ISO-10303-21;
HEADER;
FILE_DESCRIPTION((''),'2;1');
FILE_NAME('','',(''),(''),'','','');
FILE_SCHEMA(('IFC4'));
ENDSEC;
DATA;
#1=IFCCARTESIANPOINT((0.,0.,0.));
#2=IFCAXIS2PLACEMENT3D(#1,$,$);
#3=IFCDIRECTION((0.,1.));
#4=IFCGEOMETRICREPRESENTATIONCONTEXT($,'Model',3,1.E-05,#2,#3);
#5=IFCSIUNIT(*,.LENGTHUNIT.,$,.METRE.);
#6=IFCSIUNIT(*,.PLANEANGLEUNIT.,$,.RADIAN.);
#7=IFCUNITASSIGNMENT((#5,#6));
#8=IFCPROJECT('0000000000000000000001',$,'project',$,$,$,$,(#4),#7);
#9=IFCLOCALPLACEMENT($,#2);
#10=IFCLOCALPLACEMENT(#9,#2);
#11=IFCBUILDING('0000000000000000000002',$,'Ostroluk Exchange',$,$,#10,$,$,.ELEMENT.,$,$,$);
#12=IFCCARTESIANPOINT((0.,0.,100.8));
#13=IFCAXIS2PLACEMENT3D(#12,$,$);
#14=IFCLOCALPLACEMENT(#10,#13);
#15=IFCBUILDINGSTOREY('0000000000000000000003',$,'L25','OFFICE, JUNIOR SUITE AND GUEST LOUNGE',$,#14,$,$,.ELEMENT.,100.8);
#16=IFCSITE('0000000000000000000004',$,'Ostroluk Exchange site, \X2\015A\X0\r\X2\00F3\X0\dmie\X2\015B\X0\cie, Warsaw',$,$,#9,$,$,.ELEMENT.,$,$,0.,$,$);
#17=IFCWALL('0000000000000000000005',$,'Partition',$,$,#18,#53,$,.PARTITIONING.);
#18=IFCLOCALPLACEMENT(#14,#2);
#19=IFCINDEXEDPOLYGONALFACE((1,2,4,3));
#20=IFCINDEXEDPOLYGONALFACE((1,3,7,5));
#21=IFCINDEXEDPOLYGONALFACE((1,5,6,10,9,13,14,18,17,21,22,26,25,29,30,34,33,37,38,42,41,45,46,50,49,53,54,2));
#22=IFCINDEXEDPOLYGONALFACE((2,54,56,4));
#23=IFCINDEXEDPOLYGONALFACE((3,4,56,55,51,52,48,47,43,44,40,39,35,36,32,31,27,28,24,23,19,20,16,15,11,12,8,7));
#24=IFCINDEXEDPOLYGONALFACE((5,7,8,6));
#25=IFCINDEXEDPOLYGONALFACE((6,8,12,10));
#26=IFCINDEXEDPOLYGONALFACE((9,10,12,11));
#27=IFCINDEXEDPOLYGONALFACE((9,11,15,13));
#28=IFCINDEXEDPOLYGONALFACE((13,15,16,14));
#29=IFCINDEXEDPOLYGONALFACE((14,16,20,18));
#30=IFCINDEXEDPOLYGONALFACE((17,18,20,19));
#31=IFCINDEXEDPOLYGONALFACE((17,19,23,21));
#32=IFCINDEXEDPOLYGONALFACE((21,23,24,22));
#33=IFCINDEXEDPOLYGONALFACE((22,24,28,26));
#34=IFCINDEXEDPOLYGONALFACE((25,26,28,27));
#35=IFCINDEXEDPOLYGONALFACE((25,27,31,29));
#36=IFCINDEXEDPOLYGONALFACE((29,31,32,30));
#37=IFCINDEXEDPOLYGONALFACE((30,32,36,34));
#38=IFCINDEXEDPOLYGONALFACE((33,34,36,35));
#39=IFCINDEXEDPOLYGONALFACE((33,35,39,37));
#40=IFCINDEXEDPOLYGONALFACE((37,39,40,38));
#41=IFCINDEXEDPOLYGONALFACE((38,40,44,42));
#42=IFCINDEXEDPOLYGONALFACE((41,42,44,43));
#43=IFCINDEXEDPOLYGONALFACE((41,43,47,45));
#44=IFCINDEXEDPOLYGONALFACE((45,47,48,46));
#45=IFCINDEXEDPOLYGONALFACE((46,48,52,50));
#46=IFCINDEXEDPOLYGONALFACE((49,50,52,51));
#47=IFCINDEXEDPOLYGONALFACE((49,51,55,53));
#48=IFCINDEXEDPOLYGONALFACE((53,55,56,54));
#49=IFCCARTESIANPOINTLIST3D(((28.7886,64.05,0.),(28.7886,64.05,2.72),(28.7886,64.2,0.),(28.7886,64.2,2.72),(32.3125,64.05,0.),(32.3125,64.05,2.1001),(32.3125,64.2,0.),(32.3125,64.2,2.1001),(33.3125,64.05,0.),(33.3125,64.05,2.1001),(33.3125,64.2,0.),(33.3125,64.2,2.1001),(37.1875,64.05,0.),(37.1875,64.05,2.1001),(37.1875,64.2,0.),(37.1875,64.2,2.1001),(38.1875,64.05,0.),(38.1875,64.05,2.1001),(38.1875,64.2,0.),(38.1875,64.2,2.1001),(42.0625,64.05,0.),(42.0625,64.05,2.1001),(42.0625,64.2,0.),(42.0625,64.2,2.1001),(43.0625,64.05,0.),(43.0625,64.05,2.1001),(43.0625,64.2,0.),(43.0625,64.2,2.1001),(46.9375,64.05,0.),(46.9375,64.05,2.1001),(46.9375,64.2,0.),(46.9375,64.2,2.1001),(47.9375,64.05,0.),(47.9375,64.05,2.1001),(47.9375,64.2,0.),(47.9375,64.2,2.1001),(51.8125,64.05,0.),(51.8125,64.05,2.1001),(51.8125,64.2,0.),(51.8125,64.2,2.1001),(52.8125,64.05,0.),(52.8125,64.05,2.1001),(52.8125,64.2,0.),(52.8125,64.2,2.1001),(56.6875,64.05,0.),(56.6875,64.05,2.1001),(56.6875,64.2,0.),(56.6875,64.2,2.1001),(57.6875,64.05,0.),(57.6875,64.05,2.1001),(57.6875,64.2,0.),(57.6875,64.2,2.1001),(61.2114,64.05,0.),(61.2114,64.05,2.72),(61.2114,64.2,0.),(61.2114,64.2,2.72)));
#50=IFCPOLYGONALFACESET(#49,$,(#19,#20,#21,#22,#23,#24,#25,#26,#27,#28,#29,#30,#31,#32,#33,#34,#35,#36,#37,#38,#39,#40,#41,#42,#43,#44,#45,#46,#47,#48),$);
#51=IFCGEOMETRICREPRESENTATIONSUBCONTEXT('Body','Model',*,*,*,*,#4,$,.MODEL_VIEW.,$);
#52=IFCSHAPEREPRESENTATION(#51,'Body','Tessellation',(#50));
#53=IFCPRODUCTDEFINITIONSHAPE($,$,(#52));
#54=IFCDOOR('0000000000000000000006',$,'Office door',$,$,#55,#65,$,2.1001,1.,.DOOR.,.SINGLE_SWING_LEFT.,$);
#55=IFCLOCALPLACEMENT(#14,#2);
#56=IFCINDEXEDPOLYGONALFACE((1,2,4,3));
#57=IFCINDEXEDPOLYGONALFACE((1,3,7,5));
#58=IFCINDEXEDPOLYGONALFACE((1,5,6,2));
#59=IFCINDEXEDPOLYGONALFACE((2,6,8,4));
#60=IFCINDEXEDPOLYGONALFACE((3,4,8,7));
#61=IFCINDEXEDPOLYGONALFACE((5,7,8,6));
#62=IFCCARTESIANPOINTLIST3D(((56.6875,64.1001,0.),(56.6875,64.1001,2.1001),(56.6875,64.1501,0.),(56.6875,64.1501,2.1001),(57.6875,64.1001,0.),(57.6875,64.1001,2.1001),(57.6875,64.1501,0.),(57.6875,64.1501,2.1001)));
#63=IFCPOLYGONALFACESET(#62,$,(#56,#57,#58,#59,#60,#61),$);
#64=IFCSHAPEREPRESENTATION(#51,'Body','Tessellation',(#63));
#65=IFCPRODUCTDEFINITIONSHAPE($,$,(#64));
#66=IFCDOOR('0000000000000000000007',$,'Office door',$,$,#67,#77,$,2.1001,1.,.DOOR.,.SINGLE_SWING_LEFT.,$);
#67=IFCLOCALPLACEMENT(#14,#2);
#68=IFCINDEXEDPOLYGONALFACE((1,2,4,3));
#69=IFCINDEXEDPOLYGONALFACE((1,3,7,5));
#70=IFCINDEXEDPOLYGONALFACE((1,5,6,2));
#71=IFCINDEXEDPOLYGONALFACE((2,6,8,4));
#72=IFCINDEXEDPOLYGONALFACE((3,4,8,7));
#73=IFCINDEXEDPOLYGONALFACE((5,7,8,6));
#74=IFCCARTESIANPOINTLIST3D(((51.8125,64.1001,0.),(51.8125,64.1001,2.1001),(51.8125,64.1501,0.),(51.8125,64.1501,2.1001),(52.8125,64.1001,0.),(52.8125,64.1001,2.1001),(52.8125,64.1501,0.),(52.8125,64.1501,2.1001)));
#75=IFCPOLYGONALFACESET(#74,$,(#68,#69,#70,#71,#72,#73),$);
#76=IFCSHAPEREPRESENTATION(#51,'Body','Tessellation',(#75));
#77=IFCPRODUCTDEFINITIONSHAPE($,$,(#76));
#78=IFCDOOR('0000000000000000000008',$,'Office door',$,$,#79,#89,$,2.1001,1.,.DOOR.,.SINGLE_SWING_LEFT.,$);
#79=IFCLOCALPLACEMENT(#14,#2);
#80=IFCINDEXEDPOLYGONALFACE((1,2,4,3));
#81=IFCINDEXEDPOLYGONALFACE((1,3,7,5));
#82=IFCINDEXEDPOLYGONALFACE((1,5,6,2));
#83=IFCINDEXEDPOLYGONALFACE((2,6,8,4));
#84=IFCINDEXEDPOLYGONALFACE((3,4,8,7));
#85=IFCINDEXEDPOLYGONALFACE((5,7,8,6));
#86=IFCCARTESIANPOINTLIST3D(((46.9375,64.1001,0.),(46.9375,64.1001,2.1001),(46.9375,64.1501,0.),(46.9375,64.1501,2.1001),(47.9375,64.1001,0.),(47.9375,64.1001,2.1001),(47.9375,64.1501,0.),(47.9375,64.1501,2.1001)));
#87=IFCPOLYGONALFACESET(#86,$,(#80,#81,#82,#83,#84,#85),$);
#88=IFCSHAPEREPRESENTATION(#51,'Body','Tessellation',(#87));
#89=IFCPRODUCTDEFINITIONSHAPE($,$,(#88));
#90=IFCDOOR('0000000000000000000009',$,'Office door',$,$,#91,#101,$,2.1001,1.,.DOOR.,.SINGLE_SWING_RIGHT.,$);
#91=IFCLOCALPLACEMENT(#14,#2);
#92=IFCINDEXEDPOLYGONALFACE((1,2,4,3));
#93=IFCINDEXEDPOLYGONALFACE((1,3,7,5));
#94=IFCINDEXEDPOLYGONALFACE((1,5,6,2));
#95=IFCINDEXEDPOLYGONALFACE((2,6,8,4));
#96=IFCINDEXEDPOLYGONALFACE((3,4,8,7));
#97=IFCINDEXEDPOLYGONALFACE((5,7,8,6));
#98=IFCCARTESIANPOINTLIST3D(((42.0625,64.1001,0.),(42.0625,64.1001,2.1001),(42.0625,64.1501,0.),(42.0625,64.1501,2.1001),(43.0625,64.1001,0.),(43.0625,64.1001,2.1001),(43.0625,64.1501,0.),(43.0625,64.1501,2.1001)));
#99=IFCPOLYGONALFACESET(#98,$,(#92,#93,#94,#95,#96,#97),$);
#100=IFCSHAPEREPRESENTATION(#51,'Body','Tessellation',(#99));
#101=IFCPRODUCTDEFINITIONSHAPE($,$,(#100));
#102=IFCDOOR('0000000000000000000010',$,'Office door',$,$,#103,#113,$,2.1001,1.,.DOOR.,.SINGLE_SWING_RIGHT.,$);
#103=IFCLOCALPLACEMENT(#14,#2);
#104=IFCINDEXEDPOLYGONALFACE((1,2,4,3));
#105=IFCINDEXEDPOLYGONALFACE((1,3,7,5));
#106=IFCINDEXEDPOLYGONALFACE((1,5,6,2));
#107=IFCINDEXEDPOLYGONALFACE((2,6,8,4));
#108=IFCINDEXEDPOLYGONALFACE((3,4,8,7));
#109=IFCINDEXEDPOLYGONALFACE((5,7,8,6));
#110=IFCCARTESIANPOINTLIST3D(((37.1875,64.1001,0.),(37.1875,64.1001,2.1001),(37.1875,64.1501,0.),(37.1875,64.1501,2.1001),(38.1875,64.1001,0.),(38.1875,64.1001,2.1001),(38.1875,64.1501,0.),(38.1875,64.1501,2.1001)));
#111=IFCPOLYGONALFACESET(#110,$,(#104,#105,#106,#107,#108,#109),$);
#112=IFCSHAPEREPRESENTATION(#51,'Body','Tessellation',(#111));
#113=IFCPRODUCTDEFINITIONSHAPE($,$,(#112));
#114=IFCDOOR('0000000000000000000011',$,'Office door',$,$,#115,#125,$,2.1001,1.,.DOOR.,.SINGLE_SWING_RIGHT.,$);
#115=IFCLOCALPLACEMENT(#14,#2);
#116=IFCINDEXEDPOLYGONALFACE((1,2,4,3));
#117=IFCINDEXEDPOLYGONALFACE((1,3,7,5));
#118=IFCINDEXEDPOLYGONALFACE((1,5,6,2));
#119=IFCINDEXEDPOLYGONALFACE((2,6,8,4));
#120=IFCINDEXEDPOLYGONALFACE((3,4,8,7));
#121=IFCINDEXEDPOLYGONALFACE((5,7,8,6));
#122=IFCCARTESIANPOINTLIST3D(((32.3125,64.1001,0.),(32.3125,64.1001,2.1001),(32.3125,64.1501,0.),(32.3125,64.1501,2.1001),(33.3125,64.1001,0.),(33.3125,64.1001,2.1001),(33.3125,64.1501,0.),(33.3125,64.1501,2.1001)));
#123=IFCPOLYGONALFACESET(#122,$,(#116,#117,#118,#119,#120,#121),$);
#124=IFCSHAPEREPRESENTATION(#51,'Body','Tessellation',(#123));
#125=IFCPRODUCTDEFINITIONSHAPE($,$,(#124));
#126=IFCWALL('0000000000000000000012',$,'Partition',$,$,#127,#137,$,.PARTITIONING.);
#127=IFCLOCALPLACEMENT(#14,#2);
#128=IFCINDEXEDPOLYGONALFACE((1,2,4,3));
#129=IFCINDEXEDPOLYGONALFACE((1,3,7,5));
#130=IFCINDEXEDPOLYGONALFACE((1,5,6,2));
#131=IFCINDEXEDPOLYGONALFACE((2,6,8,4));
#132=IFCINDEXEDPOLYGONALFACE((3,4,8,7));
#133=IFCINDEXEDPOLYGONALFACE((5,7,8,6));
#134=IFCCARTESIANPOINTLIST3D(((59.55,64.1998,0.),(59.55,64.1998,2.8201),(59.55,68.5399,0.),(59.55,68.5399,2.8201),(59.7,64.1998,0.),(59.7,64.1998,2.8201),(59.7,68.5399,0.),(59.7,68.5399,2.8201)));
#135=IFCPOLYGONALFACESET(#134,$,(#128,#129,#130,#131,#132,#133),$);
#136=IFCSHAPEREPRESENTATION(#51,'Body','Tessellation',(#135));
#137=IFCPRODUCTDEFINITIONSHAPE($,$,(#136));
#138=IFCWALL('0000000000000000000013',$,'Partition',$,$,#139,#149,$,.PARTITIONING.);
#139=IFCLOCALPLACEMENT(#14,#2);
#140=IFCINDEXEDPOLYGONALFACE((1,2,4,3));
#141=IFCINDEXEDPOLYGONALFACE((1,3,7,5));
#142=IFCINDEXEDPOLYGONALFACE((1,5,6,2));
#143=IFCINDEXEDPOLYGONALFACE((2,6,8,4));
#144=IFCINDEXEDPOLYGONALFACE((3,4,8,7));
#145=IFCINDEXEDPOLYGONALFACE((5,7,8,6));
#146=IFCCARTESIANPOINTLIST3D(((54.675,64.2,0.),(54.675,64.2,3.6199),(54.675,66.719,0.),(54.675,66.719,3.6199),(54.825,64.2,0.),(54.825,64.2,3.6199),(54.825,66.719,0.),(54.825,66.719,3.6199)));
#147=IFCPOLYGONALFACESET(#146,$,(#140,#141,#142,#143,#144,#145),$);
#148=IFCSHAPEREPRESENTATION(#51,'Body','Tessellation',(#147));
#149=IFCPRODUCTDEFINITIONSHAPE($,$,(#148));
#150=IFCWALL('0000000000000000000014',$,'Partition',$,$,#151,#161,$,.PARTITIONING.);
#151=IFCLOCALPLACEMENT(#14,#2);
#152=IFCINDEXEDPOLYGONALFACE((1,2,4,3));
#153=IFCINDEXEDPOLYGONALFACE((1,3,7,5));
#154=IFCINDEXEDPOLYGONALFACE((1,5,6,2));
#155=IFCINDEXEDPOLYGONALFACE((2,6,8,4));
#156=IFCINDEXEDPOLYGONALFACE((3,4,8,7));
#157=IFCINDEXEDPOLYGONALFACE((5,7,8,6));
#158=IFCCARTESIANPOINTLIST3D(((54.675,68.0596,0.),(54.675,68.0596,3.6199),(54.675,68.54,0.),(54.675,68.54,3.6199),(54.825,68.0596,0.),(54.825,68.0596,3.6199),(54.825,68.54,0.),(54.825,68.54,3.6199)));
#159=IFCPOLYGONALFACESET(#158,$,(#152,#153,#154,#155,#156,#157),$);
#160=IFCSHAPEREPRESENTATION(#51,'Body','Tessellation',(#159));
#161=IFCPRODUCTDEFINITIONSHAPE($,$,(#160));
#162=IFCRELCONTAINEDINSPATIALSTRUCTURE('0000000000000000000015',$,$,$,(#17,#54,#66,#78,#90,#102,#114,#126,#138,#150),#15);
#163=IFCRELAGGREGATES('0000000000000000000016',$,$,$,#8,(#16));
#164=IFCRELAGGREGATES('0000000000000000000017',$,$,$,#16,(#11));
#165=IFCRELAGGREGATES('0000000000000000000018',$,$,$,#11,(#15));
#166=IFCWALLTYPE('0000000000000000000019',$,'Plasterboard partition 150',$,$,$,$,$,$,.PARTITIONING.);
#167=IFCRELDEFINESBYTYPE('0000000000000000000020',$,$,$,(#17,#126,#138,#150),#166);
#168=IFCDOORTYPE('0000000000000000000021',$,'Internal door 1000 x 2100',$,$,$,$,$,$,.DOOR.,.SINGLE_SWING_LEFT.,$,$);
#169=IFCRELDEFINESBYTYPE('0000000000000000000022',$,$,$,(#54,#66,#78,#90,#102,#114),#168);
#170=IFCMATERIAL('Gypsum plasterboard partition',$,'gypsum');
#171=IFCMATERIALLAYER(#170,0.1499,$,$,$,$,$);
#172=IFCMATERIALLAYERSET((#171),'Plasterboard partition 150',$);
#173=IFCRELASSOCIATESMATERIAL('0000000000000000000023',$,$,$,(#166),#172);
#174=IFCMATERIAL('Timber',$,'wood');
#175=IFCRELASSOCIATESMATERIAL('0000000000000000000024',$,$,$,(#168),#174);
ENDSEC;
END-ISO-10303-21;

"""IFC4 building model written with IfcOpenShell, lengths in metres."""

from ifc_helpers import new_model, si_unit, direction, frame, frame_2d, origin, place, context, subcontext, project, spatial, rectangle, extrude, material, layer, layer_set, type_object, element, fill, save


model = new_model("IFC4")

# Units and contexts
model_context = context("Model", 3, precision=1e-05, world=origin(), true_north=direction((0.0, 1.0)))
body_context = subcontext(model_context, "Body", "Model", "MODEL_VIEW")
ifc_project = project(units=[si_unit("LENGTHUNIT", "METRE"), si_unit("PLANEANGLEUNIT", "RADIAN")], contexts=[model_context])

# Site, building, storey
site_placement = place(None, origin())
site = spatial("IfcSite", under=ifc_project, at=site_placement, Name="Ostroluk Exchange site, Śródmieście, Warsaw", CompositionType="ELEMENT", RefElevation=0.0)
building_placement = place(site_placement, origin())
building = spatial("IfcBuilding", under=site, at=building_placement, Name="Ostroluk Exchange", CompositionType="ELEMENT")
storey_placement = place(building_placement, frame((0.0, 0.0, 100.8)))
storey = spatial("IfcBuildingStorey", under=building, at=storey_placement, Name="L25", Description="OFFICE, JUNIOR SUITE AND GUEST LOUNGE", CompositionType="ELEMENT", Elevation=100.8)

# Wall, openings, doors
ifc_material_1 = material(Name="Gypsum plasterboard partition", Category="gypsum")
ifc_layer_1 = layer(ifc_material_1, 0.1499)
ifc_layer_set_1 = layer_set([ifc_layer_1], Name="Plasterboard partition 150")
wall_type_1 = type_object("IfcWallType", Name="Plasterboard partition 150", PredefinedType="PARTITIONING", material=ifc_layer_set_1)
wall_1_placement = place(storey_placement, frame((61.2114, 64.125, 0.0), z_axis=(0.0, 0.0, 1.0), x_axis=(-1.0, 0.0, 0.0)))
wall_1 = element("IfcWall", 1, at=wall_1_placement, inside=storey, type_object=wall_type_1, Name="Partition", PredefinedType="PARTITIONING", context=body_context, shape_type="SweptSolid", body=[
    extrude(rectangle(XDim=32.4229, YDim=0.1499, at=frame_2d((16.2114, 0.0))), origin(), (0.0, 0.0, 1.0), 2.72),
])
opening_1_placement = place(wall_1_placement, frame((3.5239, 0.0, 0.0)))
opening_1 = element("IfcOpeningElement", 2, at=opening_1_placement, cuts=wall_1, PredefinedType="OPENING", context=body_context, shape_type="SweptSolid", body=[
    extrude(rectangle(XDim=1.0, YDim=2.1001, at=frame_2d((0.5, 1.05))), frame((0.0, 0.085, 0.0), z_axis=(0.0, -1.0, 0.0), x_axis=(1.0, 0.0, 0.0)), (0.0, 0.0, 1.0), 0.1699),
])
opening_2_placement = place(wall_1_placement, frame((8.3989, 0.0, 0.0)))
opening_2 = element("IfcOpeningElement", 3, at=opening_2_placement, cuts=wall_1, PredefinedType="OPENING", context=body_context, shape_type="SweptSolid", body=[
    extrude(rectangle(XDim=1.0, YDim=2.1001, at=frame_2d((0.5, 1.05))), frame((0.0, 0.085, 0.0), z_axis=(0.0, -1.0, 0.0), x_axis=(1.0, 0.0, 0.0)), (0.0, 0.0, 1.0), 0.1699),
])
opening_3_placement = place(wall_1_placement, frame((13.2739, 0.0, 0.0)))
opening_3 = element("IfcOpeningElement", 4, at=opening_3_placement, cuts=wall_1, PredefinedType="OPENING", context=body_context, shape_type="SweptSolid", body=[
    extrude(rectangle(XDim=1.0, YDim=2.1001, at=frame_2d((0.5, 1.05))), frame((0.0, 0.085, 0.0), z_axis=(0.0, -1.0, 0.0), x_axis=(1.0, 0.0, 0.0)), (0.0, 0.0, 1.0), 0.1699),
])
opening_4_placement = place(wall_1_placement, frame((18.1489, 0.0, 0.0)))
opening_4 = element("IfcOpeningElement", 5, at=opening_4_placement, cuts=wall_1, PredefinedType="OPENING", context=body_context, shape_type="SweptSolid", body=[
    extrude(rectangle(XDim=1.0, YDim=2.1001, at=frame_2d((0.5, 1.05))), frame((0.0, 0.085, 0.0), z_axis=(0.0, -1.0, 0.0), x_axis=(1.0, 0.0, 0.0)), (0.0, 0.0, 1.0), 0.1699),
])
opening_5_placement = place(wall_1_placement, frame((23.0239, 0.0, 0.0)))
opening_5 = element("IfcOpeningElement", 6, at=opening_5_placement, cuts=wall_1, PredefinedType="OPENING", context=body_context, shape_type="SweptSolid", body=[
    extrude(rectangle(XDim=1.0, YDim=2.1001, at=frame_2d((0.5, 1.05))), frame((0.0, 0.085, 0.0), z_axis=(0.0, -1.0, 0.0), x_axis=(1.0, 0.0, 0.0)), (0.0, 0.0, 1.0), 0.1699),
])
opening_6_placement = place(wall_1_placement, frame((27.8989, 0.0, 0.0)))
opening_6 = element("IfcOpeningElement", 7, at=opening_6_placement, cuts=wall_1, PredefinedType="OPENING", context=body_context, shape_type="SweptSolid", body=[
    extrude(rectangle(XDim=1.0, YDim=2.1001, at=frame_2d((0.5, 1.05))), frame((0.0, 0.085, 0.0), z_axis=(0.0, -1.0, 0.0), x_axis=(1.0, 0.0, 0.0)), (0.0, 0.0, 1.0), 0.1699),
])
ifc_material_2 = material(Name="Timber", Category="wood")
door_type_1 = type_object("IfcDoorType", Name="Internal door 1000 x 2100", OperationType="SINGLE_SWING_LEFT", PredefinedType="DOOR", material=ifc_material_2)
door_1_placement = place(opening_1_placement, origin())
door_1 = element("IfcDoor", 8, at=door_1_placement, inside=storey, type_object=door_type_1, Name="Office door", OperationType="SINGLE_SWING_LEFT", OverallHeight=2.1001, OverallWidth=1.0, PredefinedType="DOOR", context=body_context, shape_type="SweptSolid", body=[
    extrude(rectangle(XDim=1.0, YDim=2.1001, at=frame_2d((0.5, 1.05))), frame((0.0, 0.0249, 0.0), z_axis=(0.0, -1.0, 0.0), x_axis=(1.0, 0.0, 0.0)), (0.0, 0.0, 1.0), 0.05),
])
fill(opening_1, door_1)
door_2_placement = place(opening_2_placement, origin())
door_2 = element("IfcDoor", 9, at=door_2_placement, inside=storey, type_object=door_type_1, Name="Office door", OperationType="SINGLE_SWING_LEFT", OverallHeight=2.1001, OverallWidth=1.0, PredefinedType="DOOR", context=body_context, shape_type="SweptSolid", body=[
    extrude(rectangle(XDim=1.0, YDim=2.1001, at=frame_2d((0.5, 1.05))), frame((0.0, 0.0249, 0.0), z_axis=(0.0, -1.0, 0.0), x_axis=(1.0, 0.0, 0.0)), (0.0, 0.0, 1.0), 0.05),
])
fill(opening_2, door_2)
door_3_placement = place(opening_3_placement, origin())
door_3 = element("IfcDoor", 10, at=door_3_placement, inside=storey, type_object=door_type_1, Name="Office door", OperationType="SINGLE_SWING_LEFT", OverallHeight=2.1001, OverallWidth=1.0, PredefinedType="DOOR", context=body_context, shape_type="SweptSolid", body=[
    extrude(rectangle(XDim=1.0, YDim=2.1001, at=frame_2d((0.5, 1.05))), frame((0.0, 0.0249, 0.0), z_axis=(0.0, -1.0, 0.0), x_axis=(1.0, 0.0, 0.0)), (0.0, 0.0, 1.0), 0.05),
])
fill(opening_3, door_3)
door_4_placement = place(opening_4_placement, origin())
door_4 = element("IfcDoor", 11, at=door_4_placement, inside=storey, type_object=door_type_1, Name="Office door", OperationType="SINGLE_SWING_RIGHT", OverallHeight=2.1001, OverallWidth=1.0, PredefinedType="DOOR", context=body_context, shape_type="SweptSolid", body=[
    extrude(rectangle(XDim=1.0, YDim=2.1001, at=frame_2d((0.5, 1.05))), frame((0.0, 0.0249, 0.0), z_axis=(0.0, -1.0, 0.0), x_axis=(1.0, 0.0, 0.0)), (0.0, 0.0, 1.0), 0.05),
])
fill(opening_4, door_4)
door_5_placement = place(opening_5_placement, origin())
door_5 = element("IfcDoor", 12, at=door_5_placement, inside=storey, type_object=door_type_1, Name="Office door", OperationType="SINGLE_SWING_RIGHT", OverallHeight=2.1001, OverallWidth=1.0, PredefinedType="DOOR", context=body_context, shape_type="SweptSolid", body=[
    extrude(rectangle(XDim=1.0, YDim=2.1001, at=frame_2d((0.5, 1.05))), frame((0.0, 0.0249, 0.0), z_axis=(0.0, -1.0, 0.0), x_axis=(1.0, 0.0, 0.0)), (0.0, 0.0, 1.0), 0.05),
])
fill(opening_5, door_5)
door_6_placement = place(opening_6_placement, origin())
door_6 = element("IfcDoor", 13, at=door_6_placement, inside=storey, type_object=door_type_1, Name="Office door", OperationType="SINGLE_SWING_RIGHT", OverallHeight=2.1001, OverallWidth=1.0, PredefinedType="DOOR", context=body_context, shape_type="SweptSolid", body=[
    extrude(rectangle(XDim=1.0, YDim=2.1001, at=frame_2d((0.5, 1.05))), frame((0.0, 0.0249, 0.0), z_axis=(0.0, -1.0, 0.0), x_axis=(1.0, 0.0, 0.0)), (0.0, 0.0, 1.0), 0.05),
])
fill(opening_6, door_6)

# Walls
wall_2_placement = place(storey_placement, frame((59.625, 64.2, 0.0), z_axis=(0.0, 0.0, 1.0), x_axis=(0.0, 1.0, 0.0)))
element("IfcWall", 14, at=wall_2_placement, inside=storey, type_object=wall_type_1, Name="Partition", PredefinedType="PARTITIONING", context=body_context, shape_type="SweptSolid", body=[
    extrude(rectangle(XDim=4.3401, YDim=0.1499, at=frame_2d((2.1699, 0.0))), origin(), (0.0, 0.0, 1.0), 2.8201),
])
wall_3_placement = place(storey_placement, frame((54.75, 64.2, 0.0), z_axis=(0.0, 0.0, 1.0), x_axis=(0.0, 1.0, 0.0)))
element("IfcWall", 15, at=wall_3_placement, inside=storey, type_object=wall_type_1, Name="Partition", PredefinedType="PARTITIONING", context=body_context, shape_type="SweptSolid", body=[
    extrude(rectangle(XDim=2.519, YDim=0.1499, at=frame_2d((1.2595, 0.0))), origin(), (0.0, 0.0, 1.0), 3.6199),
])
wall_4_placement = place(storey_placement, frame((54.75, 68.0596, 0.0), z_axis=(0.0, 0.0, 1.0), x_axis=(0.0, 1.0, 0.0)))
element("IfcWall", 16, at=wall_4_placement, inside=storey, type_object=wall_type_1, Name="Partition", PredefinedType="PARTITIONING", context=body_context, shape_type="SweptSolid", body=[
    extrude(rectangle(XDim=0.4805, YDim=0.1499, at=frame_2d((0.2402, 0.0))), origin(), (0.0, 0.0, 1.0), 3.6199),
])

save(model, "model.ifc")
